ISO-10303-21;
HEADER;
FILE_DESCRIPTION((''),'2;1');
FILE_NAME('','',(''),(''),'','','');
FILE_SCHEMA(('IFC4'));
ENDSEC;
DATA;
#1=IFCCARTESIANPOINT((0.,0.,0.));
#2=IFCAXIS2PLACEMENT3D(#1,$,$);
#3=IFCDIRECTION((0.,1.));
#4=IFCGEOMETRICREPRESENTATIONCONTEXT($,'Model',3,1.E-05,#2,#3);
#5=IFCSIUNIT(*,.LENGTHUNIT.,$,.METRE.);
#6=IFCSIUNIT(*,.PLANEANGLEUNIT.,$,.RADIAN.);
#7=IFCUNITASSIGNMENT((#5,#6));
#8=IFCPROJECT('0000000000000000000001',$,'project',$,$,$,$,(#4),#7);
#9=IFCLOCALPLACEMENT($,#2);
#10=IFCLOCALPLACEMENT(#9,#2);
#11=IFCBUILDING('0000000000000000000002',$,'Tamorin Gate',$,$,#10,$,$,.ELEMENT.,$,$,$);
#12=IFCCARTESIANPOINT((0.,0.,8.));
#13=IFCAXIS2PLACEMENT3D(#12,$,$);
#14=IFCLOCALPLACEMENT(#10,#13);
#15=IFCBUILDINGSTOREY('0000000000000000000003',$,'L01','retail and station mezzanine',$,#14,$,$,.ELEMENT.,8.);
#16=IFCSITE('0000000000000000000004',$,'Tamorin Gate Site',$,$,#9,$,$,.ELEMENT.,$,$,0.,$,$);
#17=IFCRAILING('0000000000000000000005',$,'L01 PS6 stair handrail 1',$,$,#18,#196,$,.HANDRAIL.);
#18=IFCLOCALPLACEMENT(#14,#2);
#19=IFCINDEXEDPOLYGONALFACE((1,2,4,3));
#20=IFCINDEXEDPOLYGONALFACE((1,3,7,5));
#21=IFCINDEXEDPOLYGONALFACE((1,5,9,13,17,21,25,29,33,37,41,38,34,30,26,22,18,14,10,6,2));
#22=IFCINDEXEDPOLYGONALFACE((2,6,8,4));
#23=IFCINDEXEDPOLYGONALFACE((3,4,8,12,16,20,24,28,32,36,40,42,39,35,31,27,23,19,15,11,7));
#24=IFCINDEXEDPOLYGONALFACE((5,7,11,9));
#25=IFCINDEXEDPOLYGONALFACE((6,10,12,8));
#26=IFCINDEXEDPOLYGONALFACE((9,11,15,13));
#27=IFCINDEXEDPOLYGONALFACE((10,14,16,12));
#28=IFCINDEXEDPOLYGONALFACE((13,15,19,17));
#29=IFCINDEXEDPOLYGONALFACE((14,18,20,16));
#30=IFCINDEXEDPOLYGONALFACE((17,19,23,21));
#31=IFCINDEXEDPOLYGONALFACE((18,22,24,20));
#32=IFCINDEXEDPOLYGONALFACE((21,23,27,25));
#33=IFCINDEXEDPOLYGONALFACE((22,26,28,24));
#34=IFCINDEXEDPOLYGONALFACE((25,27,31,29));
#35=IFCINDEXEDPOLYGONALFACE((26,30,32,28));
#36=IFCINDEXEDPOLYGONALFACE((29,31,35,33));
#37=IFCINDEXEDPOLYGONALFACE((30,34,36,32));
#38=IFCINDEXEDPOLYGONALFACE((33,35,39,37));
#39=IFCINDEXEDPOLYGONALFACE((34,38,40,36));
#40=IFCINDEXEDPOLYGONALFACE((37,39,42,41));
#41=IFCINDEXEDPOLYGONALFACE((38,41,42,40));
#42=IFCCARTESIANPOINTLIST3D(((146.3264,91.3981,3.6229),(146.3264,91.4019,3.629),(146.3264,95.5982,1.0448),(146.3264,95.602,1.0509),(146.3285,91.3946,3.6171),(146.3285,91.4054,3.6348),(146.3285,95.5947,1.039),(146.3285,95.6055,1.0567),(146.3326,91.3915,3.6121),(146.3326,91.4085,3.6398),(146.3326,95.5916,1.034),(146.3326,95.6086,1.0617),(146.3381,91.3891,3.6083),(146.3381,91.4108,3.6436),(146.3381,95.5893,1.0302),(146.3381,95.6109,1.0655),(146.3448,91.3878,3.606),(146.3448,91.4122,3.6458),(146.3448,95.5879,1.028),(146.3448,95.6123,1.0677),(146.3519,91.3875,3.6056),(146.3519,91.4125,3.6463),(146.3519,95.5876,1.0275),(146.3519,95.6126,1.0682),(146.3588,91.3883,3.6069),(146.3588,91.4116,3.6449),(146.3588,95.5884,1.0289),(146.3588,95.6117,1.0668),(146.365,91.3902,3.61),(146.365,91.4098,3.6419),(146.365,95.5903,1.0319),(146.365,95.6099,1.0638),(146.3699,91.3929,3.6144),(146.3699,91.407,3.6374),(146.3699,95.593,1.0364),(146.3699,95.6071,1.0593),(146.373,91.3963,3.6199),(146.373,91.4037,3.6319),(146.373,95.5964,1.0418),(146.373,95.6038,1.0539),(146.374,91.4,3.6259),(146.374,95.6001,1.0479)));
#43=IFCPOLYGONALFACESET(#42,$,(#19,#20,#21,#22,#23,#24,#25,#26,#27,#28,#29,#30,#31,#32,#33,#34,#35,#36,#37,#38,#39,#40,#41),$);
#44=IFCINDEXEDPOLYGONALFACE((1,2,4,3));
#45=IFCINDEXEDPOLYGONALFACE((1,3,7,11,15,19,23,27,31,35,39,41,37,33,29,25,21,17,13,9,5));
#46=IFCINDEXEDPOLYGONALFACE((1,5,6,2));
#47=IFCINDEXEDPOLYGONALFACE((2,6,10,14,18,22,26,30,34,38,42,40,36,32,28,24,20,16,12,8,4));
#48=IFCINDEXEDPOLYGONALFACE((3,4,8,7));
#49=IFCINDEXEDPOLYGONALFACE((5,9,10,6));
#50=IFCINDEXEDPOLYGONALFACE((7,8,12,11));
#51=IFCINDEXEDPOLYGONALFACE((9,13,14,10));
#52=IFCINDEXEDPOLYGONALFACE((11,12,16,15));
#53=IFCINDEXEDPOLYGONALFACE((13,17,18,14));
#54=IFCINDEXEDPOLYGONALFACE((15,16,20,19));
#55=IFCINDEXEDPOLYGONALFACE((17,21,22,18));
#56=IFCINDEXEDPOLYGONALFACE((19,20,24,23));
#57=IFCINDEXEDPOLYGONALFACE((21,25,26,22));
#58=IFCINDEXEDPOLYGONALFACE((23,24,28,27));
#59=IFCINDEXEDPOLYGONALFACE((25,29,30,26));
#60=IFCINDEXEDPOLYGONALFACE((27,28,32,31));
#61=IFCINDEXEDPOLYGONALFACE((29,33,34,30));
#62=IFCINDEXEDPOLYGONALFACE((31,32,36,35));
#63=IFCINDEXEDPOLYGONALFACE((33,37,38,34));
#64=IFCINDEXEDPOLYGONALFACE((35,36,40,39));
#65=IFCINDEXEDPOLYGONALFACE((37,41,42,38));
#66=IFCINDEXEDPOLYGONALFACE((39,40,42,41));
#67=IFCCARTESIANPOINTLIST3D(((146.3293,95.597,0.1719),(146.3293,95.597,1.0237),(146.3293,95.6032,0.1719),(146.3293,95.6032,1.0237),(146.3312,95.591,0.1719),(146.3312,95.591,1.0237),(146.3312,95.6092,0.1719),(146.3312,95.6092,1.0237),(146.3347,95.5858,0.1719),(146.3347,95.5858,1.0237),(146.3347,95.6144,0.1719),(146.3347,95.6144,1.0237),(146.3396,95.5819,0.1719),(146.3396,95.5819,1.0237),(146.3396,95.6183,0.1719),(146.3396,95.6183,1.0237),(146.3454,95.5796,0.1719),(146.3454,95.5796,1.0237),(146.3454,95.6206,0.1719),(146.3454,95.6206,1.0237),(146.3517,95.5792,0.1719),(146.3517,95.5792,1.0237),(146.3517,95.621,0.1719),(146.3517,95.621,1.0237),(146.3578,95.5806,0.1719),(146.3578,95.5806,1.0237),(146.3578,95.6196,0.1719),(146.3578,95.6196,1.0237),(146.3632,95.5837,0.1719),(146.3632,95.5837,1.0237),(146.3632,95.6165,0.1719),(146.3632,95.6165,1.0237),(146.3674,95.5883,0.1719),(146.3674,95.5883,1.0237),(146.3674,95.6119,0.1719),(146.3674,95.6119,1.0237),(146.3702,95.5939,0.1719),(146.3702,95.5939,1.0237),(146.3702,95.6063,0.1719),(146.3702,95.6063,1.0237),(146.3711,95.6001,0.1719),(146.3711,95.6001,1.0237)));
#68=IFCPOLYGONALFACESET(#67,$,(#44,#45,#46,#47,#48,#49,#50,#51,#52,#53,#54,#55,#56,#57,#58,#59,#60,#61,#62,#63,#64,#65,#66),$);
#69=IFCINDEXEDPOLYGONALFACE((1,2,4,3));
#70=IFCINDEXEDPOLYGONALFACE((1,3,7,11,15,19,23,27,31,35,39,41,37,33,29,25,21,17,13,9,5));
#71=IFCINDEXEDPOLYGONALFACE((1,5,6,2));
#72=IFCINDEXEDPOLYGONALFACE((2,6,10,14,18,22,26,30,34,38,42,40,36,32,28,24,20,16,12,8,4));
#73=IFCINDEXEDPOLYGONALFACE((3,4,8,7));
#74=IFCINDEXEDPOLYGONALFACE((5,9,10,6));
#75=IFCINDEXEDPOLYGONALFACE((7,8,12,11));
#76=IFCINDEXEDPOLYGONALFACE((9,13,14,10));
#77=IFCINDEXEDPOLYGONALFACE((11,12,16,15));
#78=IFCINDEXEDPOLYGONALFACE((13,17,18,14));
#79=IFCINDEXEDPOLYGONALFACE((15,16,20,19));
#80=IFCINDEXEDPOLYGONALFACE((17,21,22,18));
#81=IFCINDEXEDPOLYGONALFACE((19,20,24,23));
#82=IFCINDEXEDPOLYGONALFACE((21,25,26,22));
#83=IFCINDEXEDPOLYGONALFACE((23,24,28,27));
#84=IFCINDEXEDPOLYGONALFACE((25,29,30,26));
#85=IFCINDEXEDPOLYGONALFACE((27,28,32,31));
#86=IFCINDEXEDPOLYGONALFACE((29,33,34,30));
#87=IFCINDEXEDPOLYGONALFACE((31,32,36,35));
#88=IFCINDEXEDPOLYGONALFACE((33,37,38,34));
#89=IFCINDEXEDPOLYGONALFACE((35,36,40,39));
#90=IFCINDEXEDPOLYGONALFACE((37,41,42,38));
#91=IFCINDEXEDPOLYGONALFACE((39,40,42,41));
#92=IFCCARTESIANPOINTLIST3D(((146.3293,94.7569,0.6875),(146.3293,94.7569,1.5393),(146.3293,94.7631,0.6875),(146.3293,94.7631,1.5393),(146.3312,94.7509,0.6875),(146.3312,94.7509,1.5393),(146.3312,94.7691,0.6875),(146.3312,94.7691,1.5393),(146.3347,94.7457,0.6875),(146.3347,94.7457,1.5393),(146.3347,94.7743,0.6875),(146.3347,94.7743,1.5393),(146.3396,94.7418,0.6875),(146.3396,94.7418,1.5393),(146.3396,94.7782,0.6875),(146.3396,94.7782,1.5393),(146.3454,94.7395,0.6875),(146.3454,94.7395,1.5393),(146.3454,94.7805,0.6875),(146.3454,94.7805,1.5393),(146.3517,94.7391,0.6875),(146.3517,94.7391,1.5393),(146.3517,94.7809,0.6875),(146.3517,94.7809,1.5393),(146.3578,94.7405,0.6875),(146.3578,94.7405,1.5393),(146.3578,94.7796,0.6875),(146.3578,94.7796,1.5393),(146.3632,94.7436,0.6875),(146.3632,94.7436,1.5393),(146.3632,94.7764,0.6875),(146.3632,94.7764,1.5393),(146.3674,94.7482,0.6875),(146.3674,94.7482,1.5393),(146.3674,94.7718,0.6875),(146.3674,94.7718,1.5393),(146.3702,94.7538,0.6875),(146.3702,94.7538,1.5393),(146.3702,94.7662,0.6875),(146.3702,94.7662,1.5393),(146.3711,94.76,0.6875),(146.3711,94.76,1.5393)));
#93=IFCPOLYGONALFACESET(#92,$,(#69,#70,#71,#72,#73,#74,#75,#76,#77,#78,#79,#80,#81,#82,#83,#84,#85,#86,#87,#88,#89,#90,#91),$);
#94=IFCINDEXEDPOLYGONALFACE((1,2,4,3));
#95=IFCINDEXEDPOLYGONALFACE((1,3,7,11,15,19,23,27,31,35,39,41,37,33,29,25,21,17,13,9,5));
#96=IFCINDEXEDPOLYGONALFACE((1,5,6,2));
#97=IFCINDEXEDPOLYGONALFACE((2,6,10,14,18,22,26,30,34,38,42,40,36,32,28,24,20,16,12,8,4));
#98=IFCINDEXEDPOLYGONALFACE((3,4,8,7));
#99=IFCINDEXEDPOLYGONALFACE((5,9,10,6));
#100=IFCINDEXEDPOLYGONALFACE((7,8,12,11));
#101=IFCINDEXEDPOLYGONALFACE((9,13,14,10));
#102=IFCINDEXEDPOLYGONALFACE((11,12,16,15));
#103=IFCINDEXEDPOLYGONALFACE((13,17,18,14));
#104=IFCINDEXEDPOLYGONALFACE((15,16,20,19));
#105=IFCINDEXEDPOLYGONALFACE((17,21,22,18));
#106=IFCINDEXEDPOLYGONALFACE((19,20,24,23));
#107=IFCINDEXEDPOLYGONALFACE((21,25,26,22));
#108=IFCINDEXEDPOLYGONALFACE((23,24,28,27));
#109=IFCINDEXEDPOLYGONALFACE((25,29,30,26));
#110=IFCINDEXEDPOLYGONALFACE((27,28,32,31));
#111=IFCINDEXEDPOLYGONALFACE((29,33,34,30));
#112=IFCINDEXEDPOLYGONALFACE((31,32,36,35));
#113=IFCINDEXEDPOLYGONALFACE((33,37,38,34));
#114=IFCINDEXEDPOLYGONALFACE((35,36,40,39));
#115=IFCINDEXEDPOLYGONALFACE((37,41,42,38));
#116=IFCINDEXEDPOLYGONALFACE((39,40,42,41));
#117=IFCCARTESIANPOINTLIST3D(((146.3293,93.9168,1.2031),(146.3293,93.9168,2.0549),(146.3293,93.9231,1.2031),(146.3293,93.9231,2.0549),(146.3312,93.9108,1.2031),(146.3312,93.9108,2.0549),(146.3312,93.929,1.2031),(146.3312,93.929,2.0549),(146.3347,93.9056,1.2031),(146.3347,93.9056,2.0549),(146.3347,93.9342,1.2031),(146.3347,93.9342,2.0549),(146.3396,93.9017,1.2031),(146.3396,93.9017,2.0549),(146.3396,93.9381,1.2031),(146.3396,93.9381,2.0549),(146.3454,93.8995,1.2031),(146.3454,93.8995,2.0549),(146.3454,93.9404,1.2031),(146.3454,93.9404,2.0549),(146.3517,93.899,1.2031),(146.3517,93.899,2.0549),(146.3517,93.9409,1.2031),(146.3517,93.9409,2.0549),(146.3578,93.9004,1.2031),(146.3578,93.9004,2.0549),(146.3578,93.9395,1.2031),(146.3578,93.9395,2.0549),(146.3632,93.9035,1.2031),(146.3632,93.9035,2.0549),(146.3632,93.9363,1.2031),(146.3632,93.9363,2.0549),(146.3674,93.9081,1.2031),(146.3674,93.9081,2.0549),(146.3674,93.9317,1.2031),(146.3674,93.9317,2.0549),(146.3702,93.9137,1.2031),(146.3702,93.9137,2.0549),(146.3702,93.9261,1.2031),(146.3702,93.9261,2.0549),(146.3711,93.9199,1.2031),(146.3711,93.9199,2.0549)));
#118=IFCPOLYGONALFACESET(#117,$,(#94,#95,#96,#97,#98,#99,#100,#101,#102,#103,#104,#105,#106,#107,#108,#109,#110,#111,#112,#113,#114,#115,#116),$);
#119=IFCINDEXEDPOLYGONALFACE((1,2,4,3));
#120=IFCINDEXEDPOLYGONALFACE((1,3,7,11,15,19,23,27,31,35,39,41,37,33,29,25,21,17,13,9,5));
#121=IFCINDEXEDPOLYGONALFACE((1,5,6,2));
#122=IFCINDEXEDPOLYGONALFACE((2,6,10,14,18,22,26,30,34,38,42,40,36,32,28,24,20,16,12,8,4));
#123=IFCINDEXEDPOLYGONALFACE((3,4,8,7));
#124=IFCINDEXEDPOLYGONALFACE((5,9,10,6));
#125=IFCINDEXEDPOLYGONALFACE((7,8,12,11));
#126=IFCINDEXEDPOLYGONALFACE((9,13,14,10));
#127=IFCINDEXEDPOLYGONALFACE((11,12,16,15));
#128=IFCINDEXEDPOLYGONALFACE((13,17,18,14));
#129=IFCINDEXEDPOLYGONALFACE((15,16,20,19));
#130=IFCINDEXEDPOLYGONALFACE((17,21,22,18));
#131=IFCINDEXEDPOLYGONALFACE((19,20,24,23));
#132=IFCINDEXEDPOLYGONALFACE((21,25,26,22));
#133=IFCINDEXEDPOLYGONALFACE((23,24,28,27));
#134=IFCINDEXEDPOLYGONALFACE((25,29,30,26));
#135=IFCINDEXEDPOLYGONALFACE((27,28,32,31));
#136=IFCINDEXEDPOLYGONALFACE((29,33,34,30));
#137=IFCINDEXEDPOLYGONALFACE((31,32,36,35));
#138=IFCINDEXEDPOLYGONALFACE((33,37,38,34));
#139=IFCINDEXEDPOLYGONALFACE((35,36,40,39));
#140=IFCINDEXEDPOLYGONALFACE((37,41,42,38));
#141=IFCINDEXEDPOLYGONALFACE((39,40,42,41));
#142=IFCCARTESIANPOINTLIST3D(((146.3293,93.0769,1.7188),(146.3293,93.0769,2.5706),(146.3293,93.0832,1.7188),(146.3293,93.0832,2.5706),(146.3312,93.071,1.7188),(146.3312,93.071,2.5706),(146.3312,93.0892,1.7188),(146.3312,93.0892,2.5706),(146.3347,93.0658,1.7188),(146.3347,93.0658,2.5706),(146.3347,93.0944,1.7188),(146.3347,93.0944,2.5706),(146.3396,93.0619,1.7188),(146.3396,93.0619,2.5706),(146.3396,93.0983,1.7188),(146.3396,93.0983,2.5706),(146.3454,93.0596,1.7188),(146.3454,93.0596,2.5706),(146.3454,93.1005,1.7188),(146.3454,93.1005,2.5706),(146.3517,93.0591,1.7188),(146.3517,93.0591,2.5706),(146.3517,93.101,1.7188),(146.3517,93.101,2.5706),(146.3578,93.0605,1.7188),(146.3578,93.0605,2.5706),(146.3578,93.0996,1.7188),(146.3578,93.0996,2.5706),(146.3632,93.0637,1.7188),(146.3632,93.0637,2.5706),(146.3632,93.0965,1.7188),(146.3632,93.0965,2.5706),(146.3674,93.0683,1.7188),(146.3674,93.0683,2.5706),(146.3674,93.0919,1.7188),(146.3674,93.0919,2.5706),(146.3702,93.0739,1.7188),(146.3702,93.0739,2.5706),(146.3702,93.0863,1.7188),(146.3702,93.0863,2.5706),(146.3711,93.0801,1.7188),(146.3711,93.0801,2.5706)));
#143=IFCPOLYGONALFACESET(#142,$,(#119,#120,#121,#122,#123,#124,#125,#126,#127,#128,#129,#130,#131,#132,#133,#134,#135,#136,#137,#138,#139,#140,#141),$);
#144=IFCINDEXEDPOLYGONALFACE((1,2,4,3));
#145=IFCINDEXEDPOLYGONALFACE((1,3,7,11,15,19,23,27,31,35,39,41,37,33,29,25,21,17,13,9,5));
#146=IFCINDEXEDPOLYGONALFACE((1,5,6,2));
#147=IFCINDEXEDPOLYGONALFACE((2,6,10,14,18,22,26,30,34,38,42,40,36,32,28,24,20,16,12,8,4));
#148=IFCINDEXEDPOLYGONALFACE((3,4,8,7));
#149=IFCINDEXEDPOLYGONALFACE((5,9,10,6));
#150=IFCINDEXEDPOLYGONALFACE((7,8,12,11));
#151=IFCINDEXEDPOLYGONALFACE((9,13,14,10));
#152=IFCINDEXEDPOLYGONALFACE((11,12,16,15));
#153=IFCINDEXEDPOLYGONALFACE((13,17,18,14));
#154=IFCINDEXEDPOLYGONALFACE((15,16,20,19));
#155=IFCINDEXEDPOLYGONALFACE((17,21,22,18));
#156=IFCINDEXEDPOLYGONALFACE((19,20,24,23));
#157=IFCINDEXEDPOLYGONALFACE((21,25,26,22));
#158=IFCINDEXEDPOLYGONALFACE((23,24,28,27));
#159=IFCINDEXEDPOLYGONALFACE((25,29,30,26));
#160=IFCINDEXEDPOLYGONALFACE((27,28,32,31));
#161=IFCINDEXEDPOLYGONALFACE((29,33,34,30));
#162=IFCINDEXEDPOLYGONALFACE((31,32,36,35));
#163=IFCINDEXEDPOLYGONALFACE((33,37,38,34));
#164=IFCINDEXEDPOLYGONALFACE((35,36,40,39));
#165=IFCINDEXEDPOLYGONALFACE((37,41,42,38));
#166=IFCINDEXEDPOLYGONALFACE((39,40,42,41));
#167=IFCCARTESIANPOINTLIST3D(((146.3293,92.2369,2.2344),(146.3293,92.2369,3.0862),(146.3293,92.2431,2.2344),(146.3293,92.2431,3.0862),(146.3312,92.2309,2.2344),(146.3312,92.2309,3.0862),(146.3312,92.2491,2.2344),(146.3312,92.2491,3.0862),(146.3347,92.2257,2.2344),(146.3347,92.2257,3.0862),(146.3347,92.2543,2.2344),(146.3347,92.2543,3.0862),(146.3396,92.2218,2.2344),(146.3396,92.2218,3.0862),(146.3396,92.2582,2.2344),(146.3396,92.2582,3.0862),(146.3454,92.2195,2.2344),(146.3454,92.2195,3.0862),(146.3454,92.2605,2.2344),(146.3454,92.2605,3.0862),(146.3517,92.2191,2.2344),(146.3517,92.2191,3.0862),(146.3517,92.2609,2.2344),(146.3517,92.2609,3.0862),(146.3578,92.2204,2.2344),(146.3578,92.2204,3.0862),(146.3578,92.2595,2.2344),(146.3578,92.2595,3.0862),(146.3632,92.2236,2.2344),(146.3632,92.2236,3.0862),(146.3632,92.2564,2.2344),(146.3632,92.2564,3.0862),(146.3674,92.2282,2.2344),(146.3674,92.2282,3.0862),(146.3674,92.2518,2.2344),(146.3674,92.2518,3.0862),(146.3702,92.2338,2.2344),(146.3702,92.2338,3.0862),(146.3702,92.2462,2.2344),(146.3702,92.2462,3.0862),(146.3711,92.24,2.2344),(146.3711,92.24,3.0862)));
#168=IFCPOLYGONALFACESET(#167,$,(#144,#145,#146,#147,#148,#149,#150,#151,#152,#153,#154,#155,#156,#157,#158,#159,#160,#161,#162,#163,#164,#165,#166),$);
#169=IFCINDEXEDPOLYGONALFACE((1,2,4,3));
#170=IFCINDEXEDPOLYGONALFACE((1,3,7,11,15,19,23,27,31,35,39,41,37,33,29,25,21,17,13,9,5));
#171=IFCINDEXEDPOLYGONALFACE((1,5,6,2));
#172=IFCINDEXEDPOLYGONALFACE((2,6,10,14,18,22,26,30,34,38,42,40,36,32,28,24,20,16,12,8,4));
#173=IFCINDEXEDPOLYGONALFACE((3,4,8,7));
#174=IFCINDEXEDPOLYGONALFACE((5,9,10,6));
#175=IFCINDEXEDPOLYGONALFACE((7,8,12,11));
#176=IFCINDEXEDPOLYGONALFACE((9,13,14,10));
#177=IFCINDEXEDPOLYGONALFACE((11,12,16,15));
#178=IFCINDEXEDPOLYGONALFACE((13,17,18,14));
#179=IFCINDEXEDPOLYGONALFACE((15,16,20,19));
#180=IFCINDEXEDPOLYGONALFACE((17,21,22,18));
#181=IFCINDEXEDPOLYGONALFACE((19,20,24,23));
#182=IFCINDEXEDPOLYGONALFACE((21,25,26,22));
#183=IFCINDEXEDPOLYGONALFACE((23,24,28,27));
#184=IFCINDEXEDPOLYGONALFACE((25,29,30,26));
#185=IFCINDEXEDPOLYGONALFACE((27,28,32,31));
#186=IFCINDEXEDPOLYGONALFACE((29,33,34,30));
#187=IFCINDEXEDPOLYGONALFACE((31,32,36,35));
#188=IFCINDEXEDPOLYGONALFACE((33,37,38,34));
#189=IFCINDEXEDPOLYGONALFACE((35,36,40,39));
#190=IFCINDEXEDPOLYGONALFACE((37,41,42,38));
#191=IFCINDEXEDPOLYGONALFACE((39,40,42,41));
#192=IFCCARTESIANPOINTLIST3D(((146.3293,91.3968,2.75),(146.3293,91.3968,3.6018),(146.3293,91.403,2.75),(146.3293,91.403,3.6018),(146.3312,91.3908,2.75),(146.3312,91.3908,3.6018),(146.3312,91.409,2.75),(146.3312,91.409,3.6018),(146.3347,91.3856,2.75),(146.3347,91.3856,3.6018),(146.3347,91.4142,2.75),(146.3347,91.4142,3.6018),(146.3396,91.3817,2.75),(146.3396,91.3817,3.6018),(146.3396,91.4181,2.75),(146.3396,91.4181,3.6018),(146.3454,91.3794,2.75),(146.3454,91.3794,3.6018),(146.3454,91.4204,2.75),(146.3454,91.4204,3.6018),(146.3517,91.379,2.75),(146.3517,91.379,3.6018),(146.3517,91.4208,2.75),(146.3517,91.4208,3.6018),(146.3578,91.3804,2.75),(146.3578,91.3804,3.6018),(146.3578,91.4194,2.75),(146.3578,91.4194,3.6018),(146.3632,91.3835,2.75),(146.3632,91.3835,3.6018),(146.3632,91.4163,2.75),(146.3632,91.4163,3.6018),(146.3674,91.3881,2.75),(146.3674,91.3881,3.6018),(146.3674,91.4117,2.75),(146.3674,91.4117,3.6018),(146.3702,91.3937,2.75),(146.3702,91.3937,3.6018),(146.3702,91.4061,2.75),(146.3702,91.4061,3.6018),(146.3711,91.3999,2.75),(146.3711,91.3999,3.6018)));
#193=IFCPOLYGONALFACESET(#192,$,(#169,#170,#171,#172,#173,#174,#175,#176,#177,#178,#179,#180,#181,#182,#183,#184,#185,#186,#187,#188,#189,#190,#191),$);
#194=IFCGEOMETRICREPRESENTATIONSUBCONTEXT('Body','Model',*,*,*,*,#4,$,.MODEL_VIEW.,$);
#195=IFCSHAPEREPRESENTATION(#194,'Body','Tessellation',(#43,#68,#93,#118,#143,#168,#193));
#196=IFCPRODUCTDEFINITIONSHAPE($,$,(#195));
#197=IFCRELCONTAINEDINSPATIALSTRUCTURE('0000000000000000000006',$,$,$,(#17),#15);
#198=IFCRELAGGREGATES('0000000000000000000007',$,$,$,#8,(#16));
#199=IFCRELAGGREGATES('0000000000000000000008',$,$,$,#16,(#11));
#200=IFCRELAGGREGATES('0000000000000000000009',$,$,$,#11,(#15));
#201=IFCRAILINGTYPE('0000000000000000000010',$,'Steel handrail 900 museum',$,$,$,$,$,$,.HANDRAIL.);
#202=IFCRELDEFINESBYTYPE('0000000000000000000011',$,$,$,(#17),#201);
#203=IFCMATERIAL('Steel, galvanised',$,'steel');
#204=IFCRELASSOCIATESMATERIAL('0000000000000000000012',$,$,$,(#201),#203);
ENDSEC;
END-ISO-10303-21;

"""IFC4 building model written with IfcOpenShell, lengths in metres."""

from ifc_helpers import new_model, si_unit, direction, frame, origin, origin_2d, place, context, subcontext, project, spatial, circle, extrude, material, type_object, element, save


model = new_model("IFC4")

# Units and contexts
model_context = context("Model", 3, precision=1e-05, world=origin(), true_north=direction((0.0, 1.0)))
body_context = subcontext(model_context, "Body", "Model", "MODEL_VIEW")
ifc_project = project(units=[si_unit("LENGTHUNIT", "METRE"), si_unit("PLANEANGLEUNIT", "RADIAN")], contexts=[model_context])

# Site, building, storey
site_placement = place(None, origin())
site = spatial("IfcSite", under=ifc_project, at=site_placement, Name="Tamorin Gate Site", CompositionType="ELEMENT", RefElevation=0.0)
building_placement = place(site_placement, origin())
building = spatial("IfcBuilding", under=site, at=building_placement, Name="Tamorin Gate", CompositionType="ELEMENT")
storey_placement = place(building_placement, frame((0.0, 0.0, 8.0)))
storey = spatial("IfcBuildingStorey", under=building, at=storey_placement, Name="L01", Description="retail and station mezzanine", CompositionType="ELEMENT", Elevation=8.0)

# Railing
ifc_material_1 = material(Name="Steel, galvanised", Category="steel")
railing_type_1 = type_object("IfcRailingType", Name="Steel handrail 900 museum", PredefinedType="HANDRAIL", material=ifc_material_1)
railing_1_placement = place(storey_placement, frame((146.3501, 95.6001, 0.1719)))
element("IfcRailing", 1, at=railing_1_placement, inside=storey, type_object=railing_type_1, Name="L01 PS6 stair handrail 1", PredefinedType="HANDRAIL", context=body_context, shape_type="SweptSolid", body=[
    extrude(circle(Radius=0.0239, at=origin_2d()), frame((0.0, 0.0, 0.876), z_axis=(0.0, -0.852256, 0.523124), x_axis=(1.0, 0.0, 0.0)), (0.0, 0.0, 1.0), 4.9282),
    extrude(circle(Radius=0.021, at=origin_2d()), origin(), (0.0, 0.0, 1.0), 0.8518),
    extrude(circle(Radius=0.021, at=origin_2d()), frame((0.0, -0.8401, 0.5156)), (0.0, 0.0, 1.0), 0.8518),
    extrude(circle(Radius=0.021, at=origin_2d()), frame((0.0, -1.6802, 1.0312)), (0.0, 0.0, 1.0), 0.8518),
    extrude(circle(Radius=0.021, at=origin_2d()), frame((0.0, -2.52, 1.5469)), (0.0, 0.0, 1.0), 0.8518),
    extrude(circle(Radius=0.021, at=origin_2d()), frame((0.0, -3.3601, 2.0625)), (0.0, 0.0, 1.0), 0.8518),
    extrude(circle(Radius=0.021, at=origin_2d()), frame((0.0, -4.2002, 2.5781)), (0.0, 0.0, 1.0), 0.8518),
])

save(model, "model.ifc")
